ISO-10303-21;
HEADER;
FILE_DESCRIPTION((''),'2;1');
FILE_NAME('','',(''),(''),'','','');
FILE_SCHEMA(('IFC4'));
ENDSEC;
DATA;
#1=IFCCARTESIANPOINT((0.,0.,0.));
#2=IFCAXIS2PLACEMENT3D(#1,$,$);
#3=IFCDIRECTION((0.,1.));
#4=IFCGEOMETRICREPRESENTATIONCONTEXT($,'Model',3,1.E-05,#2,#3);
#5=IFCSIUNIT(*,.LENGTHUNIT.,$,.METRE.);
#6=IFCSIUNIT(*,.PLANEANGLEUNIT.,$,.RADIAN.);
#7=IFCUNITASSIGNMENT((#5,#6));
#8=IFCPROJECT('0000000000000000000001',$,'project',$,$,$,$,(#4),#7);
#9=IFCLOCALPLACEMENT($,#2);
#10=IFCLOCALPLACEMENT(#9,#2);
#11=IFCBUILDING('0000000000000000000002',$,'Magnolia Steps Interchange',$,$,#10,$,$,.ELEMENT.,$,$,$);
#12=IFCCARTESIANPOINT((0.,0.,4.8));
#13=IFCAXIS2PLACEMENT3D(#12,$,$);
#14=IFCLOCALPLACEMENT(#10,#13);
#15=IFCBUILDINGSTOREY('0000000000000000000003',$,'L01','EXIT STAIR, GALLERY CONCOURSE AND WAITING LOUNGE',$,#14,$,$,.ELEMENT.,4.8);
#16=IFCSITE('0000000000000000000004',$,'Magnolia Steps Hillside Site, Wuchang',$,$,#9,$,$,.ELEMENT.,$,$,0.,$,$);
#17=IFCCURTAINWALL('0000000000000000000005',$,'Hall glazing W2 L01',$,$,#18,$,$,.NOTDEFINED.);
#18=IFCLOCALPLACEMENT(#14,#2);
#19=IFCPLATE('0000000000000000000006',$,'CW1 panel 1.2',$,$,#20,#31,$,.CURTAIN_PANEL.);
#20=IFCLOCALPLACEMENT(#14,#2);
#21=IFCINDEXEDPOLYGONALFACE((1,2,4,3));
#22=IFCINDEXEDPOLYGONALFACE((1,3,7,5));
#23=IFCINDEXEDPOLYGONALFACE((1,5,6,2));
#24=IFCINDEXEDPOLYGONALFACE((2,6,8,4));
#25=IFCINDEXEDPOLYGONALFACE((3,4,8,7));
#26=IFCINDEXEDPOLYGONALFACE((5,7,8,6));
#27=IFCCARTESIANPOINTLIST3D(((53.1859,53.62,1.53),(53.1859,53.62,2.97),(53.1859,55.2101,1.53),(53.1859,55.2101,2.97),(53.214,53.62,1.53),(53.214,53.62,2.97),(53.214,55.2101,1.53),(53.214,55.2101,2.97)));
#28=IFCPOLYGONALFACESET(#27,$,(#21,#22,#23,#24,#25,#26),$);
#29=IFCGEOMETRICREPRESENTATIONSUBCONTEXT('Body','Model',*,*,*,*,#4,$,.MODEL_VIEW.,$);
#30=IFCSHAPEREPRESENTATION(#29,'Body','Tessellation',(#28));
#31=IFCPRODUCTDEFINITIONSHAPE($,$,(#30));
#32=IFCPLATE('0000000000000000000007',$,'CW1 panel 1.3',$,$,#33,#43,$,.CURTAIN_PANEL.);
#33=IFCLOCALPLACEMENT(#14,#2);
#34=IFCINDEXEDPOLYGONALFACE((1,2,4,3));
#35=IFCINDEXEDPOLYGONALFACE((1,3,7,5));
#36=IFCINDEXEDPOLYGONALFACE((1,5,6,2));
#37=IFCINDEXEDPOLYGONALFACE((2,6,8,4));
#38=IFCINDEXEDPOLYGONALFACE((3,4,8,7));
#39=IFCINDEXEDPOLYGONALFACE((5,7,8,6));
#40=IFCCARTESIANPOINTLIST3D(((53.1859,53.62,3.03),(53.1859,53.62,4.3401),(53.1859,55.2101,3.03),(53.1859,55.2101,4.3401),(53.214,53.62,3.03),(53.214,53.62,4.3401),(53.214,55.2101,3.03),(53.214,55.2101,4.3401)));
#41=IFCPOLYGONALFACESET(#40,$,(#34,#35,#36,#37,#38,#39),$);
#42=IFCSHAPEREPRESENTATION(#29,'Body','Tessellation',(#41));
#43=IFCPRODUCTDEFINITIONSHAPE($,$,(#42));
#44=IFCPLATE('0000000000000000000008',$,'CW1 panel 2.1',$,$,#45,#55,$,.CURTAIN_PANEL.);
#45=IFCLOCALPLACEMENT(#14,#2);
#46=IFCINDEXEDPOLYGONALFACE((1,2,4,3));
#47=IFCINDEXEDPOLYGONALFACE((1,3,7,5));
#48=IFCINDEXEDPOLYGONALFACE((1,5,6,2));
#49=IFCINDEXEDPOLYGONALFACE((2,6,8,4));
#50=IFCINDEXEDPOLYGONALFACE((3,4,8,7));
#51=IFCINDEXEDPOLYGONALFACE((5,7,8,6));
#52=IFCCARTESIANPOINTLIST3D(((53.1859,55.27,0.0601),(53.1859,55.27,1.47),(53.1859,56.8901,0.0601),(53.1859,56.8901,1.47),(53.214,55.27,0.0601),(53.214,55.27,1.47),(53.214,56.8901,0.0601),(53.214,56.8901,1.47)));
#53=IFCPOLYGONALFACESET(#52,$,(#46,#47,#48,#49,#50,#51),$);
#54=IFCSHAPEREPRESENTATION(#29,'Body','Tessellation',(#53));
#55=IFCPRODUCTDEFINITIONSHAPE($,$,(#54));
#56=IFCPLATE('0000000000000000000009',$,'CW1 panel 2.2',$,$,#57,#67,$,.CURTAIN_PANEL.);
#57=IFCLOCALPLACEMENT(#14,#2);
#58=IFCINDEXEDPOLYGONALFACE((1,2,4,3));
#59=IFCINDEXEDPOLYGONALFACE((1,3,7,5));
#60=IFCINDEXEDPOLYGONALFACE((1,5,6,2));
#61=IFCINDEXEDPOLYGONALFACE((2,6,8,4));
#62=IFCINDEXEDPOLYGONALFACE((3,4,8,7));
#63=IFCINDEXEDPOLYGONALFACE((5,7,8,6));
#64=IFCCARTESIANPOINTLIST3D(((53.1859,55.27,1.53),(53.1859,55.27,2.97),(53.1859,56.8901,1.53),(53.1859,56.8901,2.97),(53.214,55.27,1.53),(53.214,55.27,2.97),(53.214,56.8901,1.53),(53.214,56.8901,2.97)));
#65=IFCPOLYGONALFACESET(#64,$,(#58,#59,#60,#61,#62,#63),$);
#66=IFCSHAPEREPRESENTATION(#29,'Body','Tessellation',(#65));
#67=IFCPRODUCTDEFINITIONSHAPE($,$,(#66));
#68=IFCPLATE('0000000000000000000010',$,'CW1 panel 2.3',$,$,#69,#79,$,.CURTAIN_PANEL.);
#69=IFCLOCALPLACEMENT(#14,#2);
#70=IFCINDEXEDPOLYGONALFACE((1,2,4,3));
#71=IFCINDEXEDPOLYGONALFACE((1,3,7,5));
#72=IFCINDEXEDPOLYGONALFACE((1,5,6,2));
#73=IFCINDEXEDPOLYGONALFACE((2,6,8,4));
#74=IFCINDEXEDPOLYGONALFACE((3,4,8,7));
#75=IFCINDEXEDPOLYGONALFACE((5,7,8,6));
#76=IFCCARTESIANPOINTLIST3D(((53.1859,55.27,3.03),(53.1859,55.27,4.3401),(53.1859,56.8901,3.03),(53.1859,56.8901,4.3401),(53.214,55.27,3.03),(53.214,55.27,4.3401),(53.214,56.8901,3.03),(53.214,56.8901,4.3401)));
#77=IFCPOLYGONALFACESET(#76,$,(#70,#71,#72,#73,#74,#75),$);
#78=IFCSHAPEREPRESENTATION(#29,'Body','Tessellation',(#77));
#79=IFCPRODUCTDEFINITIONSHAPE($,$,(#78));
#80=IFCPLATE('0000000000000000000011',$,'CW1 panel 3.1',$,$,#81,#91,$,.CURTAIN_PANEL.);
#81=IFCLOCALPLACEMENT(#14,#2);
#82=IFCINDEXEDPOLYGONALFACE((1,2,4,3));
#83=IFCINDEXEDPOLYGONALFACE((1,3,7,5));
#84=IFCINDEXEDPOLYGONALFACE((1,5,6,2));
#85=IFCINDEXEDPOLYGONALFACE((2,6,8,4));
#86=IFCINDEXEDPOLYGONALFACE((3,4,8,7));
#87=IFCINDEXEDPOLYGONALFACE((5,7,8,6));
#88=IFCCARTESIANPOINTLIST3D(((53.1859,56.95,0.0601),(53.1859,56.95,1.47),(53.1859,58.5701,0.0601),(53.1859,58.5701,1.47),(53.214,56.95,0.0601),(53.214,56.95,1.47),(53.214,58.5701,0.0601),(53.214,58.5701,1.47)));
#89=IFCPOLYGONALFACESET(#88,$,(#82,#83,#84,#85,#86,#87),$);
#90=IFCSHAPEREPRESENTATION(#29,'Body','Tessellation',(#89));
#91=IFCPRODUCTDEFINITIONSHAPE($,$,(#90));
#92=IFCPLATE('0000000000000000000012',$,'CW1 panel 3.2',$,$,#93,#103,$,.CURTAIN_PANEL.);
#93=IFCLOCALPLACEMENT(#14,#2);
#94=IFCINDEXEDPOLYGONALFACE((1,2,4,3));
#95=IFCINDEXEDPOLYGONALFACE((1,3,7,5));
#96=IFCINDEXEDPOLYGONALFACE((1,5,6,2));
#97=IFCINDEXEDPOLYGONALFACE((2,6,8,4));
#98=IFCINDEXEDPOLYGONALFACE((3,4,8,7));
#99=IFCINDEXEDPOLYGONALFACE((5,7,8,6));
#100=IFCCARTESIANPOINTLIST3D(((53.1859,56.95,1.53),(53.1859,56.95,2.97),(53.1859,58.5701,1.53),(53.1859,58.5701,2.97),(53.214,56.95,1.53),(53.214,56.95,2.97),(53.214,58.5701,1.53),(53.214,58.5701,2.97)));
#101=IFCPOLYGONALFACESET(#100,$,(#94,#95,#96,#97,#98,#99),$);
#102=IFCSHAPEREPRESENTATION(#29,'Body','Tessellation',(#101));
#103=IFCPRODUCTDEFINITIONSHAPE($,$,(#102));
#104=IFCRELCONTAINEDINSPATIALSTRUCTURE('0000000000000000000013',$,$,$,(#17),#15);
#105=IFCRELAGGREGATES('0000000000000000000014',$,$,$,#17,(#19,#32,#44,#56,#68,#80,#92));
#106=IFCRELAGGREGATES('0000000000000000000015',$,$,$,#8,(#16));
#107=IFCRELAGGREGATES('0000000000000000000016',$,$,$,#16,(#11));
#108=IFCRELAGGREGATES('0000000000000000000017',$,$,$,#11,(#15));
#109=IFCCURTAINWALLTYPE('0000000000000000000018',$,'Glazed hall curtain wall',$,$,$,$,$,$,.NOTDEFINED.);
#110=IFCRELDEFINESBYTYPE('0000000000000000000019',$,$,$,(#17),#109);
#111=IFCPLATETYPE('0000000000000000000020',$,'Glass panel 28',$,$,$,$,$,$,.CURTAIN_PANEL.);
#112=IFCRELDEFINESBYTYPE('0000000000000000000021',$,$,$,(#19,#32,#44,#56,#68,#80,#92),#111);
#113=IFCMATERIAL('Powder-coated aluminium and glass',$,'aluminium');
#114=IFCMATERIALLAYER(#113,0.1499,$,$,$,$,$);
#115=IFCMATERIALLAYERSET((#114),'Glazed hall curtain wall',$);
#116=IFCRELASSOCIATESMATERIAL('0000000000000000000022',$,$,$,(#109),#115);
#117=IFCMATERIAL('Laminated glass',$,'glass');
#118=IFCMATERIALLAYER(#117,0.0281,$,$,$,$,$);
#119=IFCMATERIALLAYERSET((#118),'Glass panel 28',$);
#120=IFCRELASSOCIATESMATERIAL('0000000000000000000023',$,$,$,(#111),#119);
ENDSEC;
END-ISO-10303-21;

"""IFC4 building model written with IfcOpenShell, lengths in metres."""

from ifc_helpers import new_model, si_unit, direction, frame, origin, origin_2d, place, context, subcontext, project, spatial, rectangle, extrude, material, layer, layer_set, type_object, element, aggregate, save


model = new_model("IFC4")

# Units and contexts
model_context = context("Model", 3, precision=1e-05, world=origin(), true_north=direction((0.0, 1.0)))
body_context = subcontext(model_context, "Body", "Model", "MODEL_VIEW")
ifc_project = project(units=[si_unit("LENGTHUNIT", "METRE"), si_unit("PLANEANGLEUNIT", "RADIAN")], contexts=[model_context])

# Site, building, storey
site_placement = place(None, origin())
site = spatial("IfcSite", under=ifc_project, at=site_placement, Name="Magnolia Steps Hillside Site, Wuchang", CompositionType="ELEMENT", RefElevation=0.0)
building_placement = place(site_placement, origin())
building = spatial("IfcBuilding", under=site, at=building_placement, Name="Magnolia Steps Interchange", CompositionType="ELEMENT")
storey_placement = place(building_placement, frame((0.0, 0.0, 4.8)))
storey = spatial("IfcBuildingStorey", under=building, at=storey_placement, Name="L01", Description="EXIT STAIR, GALLERY CONCOURSE AND WAITING LOUNGE", CompositionType="ELEMENT", Elevation=4.8)

# Curtain wall, plates
ifc_material_1 = material(Name="Powder-coated aluminium and glass", Category="aluminium")
ifc_layer_1 = layer(ifc_material_1, 0.1499)
ifc_layer_set_1 = layer_set([ifc_layer_1], Name="Glazed hall curtain wall")
curtain_wall_type = type_object("IfcCurtainWallType", Name="Glazed hall curtain wall", PredefinedType="NOTDEFINED", material=ifc_layer_set_1)
curtain_wall_placement = place(storey_placement, origin())
curtain_wall = element("IfcCurtainWall", 1, at=curtain_wall_placement, inside=storey, type_object=curtain_wall_type, Name="Hall glazing W2 L01", PredefinedType="NOTDEFINED")
ifc_material_2 = material(Name="Laminated glass", Category="glass")
ifc_layer_2 = layer(ifc_material_2, 0.0281)
ifc_layer_set_2 = layer_set([ifc_layer_2], Name="Glass panel 28")
plate_type = type_object("IfcPlateType", Name="Glass panel 28", PredefinedType="CURTAIN_PANEL", material=ifc_layer_set_2)
plate_1_placement = place(storey_placement, frame((53.2, 54.415, 1.53), z_axis=(0.0, 0.0, 1.0), x_axis=(0.0, 1.0, 0.0)))
plate_1 = element("IfcPlate", 2, at=plate_1_placement, type_object=plate_type, Name="CW1 panel 1.2", PredefinedType="CURTAIN_PANEL", context=body_context, shape_type="SweptSolid", body=[
    extrude(rectangle(XDim=1.5901, YDim=0.0281, at=origin_2d()), origin(), (0.0, 0.0, 1.0), 1.4399),
])
plate_2_placement = place(storey_placement, frame((53.2, 54.415, 3.03), z_axis=(0.0, 0.0, 1.0), x_axis=(0.0, 1.0, 0.0)))
plate_2 = element("IfcPlate", 3, at=plate_2_placement, type_object=plate_type, Name="CW1 panel 1.3", PredefinedType="CURTAIN_PANEL", context=body_context, shape_type="SweptSolid", body=[
    extrude(rectangle(XDim=1.5901, YDim=0.0281, at=origin_2d()), origin(), (0.0, 0.0, 1.0), 1.3101),
])
plate_3_placement = place(storey_placement, frame((53.2, 56.0801, 0.0601), z_axis=(0.0, 0.0, 1.0), x_axis=(0.0, 1.0, 0.0)))
plate_3 = element("IfcPlate", 4, at=plate_3_placement, type_object=plate_type, Name="CW1 panel 2.1", PredefinedType="CURTAIN_PANEL", context=body_context, shape_type="SweptSolid", body=[
    extrude(rectangle(XDim=1.6201, YDim=0.0281, at=origin_2d()), origin(), (0.0, 0.0, 1.0), 1.4099),
])
plate_4_placement = place(storey_placement, frame((53.2, 56.0801, 1.53), z_axis=(0.0, 0.0, 1.0), x_axis=(0.0, 1.0, 0.0)))
plate_4 = element("IfcPlate", 5, at=plate_4_placement, type_object=plate_type, Name="CW1 panel 2.2", PredefinedType="CURTAIN_PANEL", context=body_context, shape_type="SweptSolid", body=[
    extrude(rectangle(XDim=1.6201, YDim=0.0281, at=origin_2d()), origin(), (0.0, 0.0, 1.0), 1.4399),
])
plate_5_placement = place(storey_placement, frame((53.2, 56.0801, 3.03), z_axis=(0.0, 0.0, 1.0), x_axis=(0.0, 1.0, 0.0)))
plate_5 = element("IfcPlate", 6, at=plate_5_placement, type_object=plate_type, Name="CW1 panel 2.3", PredefinedType="CURTAIN_PANEL", context=body_context, shape_type="SweptSolid", body=[
    extrude(rectangle(XDim=1.6201, YDim=0.0281, at=origin_2d()), origin(), (0.0, 0.0, 1.0), 1.3101),
])
plate_6_placement = place(storey_placement, frame((53.2, 57.76, 0.0601), z_axis=(0.0, 0.0, 1.0), x_axis=(0.0, 1.0, 0.0)))
plate_6 = element("IfcPlate", 7, at=plate_6_placement, type_object=plate_type, Name="CW1 panel 3.1", PredefinedType="CURTAIN_PANEL", context=body_context, shape_type="SweptSolid", body=[
    extrude(rectangle(XDim=1.6201, YDim=0.0281, at=origin_2d()), origin(), (0.0, 0.0, 1.0), 1.4099),
])
plate_7_placement = place(storey_placement, frame((53.2, 57.76, 1.53), z_axis=(0.0, 0.0, 1.0), x_axis=(0.0, 1.0, 0.0)))
plate_7 = element("IfcPlate", 8, at=plate_7_placement, type_object=plate_type, Name="CW1 panel 3.2", PredefinedType="CURTAIN_PANEL", context=body_context, shape_type="SweptSolid", body=[
    extrude(rectangle(XDim=1.6201, YDim=0.0281, at=origin_2d()), origin(), (0.0, 0.0, 1.0), 1.4399),
])
aggregate(curtain_wall, [plate_1, plate_2, plate_3, plate_4, plate_5, plate_6, plate_7])

save(model, "model.ifc")
